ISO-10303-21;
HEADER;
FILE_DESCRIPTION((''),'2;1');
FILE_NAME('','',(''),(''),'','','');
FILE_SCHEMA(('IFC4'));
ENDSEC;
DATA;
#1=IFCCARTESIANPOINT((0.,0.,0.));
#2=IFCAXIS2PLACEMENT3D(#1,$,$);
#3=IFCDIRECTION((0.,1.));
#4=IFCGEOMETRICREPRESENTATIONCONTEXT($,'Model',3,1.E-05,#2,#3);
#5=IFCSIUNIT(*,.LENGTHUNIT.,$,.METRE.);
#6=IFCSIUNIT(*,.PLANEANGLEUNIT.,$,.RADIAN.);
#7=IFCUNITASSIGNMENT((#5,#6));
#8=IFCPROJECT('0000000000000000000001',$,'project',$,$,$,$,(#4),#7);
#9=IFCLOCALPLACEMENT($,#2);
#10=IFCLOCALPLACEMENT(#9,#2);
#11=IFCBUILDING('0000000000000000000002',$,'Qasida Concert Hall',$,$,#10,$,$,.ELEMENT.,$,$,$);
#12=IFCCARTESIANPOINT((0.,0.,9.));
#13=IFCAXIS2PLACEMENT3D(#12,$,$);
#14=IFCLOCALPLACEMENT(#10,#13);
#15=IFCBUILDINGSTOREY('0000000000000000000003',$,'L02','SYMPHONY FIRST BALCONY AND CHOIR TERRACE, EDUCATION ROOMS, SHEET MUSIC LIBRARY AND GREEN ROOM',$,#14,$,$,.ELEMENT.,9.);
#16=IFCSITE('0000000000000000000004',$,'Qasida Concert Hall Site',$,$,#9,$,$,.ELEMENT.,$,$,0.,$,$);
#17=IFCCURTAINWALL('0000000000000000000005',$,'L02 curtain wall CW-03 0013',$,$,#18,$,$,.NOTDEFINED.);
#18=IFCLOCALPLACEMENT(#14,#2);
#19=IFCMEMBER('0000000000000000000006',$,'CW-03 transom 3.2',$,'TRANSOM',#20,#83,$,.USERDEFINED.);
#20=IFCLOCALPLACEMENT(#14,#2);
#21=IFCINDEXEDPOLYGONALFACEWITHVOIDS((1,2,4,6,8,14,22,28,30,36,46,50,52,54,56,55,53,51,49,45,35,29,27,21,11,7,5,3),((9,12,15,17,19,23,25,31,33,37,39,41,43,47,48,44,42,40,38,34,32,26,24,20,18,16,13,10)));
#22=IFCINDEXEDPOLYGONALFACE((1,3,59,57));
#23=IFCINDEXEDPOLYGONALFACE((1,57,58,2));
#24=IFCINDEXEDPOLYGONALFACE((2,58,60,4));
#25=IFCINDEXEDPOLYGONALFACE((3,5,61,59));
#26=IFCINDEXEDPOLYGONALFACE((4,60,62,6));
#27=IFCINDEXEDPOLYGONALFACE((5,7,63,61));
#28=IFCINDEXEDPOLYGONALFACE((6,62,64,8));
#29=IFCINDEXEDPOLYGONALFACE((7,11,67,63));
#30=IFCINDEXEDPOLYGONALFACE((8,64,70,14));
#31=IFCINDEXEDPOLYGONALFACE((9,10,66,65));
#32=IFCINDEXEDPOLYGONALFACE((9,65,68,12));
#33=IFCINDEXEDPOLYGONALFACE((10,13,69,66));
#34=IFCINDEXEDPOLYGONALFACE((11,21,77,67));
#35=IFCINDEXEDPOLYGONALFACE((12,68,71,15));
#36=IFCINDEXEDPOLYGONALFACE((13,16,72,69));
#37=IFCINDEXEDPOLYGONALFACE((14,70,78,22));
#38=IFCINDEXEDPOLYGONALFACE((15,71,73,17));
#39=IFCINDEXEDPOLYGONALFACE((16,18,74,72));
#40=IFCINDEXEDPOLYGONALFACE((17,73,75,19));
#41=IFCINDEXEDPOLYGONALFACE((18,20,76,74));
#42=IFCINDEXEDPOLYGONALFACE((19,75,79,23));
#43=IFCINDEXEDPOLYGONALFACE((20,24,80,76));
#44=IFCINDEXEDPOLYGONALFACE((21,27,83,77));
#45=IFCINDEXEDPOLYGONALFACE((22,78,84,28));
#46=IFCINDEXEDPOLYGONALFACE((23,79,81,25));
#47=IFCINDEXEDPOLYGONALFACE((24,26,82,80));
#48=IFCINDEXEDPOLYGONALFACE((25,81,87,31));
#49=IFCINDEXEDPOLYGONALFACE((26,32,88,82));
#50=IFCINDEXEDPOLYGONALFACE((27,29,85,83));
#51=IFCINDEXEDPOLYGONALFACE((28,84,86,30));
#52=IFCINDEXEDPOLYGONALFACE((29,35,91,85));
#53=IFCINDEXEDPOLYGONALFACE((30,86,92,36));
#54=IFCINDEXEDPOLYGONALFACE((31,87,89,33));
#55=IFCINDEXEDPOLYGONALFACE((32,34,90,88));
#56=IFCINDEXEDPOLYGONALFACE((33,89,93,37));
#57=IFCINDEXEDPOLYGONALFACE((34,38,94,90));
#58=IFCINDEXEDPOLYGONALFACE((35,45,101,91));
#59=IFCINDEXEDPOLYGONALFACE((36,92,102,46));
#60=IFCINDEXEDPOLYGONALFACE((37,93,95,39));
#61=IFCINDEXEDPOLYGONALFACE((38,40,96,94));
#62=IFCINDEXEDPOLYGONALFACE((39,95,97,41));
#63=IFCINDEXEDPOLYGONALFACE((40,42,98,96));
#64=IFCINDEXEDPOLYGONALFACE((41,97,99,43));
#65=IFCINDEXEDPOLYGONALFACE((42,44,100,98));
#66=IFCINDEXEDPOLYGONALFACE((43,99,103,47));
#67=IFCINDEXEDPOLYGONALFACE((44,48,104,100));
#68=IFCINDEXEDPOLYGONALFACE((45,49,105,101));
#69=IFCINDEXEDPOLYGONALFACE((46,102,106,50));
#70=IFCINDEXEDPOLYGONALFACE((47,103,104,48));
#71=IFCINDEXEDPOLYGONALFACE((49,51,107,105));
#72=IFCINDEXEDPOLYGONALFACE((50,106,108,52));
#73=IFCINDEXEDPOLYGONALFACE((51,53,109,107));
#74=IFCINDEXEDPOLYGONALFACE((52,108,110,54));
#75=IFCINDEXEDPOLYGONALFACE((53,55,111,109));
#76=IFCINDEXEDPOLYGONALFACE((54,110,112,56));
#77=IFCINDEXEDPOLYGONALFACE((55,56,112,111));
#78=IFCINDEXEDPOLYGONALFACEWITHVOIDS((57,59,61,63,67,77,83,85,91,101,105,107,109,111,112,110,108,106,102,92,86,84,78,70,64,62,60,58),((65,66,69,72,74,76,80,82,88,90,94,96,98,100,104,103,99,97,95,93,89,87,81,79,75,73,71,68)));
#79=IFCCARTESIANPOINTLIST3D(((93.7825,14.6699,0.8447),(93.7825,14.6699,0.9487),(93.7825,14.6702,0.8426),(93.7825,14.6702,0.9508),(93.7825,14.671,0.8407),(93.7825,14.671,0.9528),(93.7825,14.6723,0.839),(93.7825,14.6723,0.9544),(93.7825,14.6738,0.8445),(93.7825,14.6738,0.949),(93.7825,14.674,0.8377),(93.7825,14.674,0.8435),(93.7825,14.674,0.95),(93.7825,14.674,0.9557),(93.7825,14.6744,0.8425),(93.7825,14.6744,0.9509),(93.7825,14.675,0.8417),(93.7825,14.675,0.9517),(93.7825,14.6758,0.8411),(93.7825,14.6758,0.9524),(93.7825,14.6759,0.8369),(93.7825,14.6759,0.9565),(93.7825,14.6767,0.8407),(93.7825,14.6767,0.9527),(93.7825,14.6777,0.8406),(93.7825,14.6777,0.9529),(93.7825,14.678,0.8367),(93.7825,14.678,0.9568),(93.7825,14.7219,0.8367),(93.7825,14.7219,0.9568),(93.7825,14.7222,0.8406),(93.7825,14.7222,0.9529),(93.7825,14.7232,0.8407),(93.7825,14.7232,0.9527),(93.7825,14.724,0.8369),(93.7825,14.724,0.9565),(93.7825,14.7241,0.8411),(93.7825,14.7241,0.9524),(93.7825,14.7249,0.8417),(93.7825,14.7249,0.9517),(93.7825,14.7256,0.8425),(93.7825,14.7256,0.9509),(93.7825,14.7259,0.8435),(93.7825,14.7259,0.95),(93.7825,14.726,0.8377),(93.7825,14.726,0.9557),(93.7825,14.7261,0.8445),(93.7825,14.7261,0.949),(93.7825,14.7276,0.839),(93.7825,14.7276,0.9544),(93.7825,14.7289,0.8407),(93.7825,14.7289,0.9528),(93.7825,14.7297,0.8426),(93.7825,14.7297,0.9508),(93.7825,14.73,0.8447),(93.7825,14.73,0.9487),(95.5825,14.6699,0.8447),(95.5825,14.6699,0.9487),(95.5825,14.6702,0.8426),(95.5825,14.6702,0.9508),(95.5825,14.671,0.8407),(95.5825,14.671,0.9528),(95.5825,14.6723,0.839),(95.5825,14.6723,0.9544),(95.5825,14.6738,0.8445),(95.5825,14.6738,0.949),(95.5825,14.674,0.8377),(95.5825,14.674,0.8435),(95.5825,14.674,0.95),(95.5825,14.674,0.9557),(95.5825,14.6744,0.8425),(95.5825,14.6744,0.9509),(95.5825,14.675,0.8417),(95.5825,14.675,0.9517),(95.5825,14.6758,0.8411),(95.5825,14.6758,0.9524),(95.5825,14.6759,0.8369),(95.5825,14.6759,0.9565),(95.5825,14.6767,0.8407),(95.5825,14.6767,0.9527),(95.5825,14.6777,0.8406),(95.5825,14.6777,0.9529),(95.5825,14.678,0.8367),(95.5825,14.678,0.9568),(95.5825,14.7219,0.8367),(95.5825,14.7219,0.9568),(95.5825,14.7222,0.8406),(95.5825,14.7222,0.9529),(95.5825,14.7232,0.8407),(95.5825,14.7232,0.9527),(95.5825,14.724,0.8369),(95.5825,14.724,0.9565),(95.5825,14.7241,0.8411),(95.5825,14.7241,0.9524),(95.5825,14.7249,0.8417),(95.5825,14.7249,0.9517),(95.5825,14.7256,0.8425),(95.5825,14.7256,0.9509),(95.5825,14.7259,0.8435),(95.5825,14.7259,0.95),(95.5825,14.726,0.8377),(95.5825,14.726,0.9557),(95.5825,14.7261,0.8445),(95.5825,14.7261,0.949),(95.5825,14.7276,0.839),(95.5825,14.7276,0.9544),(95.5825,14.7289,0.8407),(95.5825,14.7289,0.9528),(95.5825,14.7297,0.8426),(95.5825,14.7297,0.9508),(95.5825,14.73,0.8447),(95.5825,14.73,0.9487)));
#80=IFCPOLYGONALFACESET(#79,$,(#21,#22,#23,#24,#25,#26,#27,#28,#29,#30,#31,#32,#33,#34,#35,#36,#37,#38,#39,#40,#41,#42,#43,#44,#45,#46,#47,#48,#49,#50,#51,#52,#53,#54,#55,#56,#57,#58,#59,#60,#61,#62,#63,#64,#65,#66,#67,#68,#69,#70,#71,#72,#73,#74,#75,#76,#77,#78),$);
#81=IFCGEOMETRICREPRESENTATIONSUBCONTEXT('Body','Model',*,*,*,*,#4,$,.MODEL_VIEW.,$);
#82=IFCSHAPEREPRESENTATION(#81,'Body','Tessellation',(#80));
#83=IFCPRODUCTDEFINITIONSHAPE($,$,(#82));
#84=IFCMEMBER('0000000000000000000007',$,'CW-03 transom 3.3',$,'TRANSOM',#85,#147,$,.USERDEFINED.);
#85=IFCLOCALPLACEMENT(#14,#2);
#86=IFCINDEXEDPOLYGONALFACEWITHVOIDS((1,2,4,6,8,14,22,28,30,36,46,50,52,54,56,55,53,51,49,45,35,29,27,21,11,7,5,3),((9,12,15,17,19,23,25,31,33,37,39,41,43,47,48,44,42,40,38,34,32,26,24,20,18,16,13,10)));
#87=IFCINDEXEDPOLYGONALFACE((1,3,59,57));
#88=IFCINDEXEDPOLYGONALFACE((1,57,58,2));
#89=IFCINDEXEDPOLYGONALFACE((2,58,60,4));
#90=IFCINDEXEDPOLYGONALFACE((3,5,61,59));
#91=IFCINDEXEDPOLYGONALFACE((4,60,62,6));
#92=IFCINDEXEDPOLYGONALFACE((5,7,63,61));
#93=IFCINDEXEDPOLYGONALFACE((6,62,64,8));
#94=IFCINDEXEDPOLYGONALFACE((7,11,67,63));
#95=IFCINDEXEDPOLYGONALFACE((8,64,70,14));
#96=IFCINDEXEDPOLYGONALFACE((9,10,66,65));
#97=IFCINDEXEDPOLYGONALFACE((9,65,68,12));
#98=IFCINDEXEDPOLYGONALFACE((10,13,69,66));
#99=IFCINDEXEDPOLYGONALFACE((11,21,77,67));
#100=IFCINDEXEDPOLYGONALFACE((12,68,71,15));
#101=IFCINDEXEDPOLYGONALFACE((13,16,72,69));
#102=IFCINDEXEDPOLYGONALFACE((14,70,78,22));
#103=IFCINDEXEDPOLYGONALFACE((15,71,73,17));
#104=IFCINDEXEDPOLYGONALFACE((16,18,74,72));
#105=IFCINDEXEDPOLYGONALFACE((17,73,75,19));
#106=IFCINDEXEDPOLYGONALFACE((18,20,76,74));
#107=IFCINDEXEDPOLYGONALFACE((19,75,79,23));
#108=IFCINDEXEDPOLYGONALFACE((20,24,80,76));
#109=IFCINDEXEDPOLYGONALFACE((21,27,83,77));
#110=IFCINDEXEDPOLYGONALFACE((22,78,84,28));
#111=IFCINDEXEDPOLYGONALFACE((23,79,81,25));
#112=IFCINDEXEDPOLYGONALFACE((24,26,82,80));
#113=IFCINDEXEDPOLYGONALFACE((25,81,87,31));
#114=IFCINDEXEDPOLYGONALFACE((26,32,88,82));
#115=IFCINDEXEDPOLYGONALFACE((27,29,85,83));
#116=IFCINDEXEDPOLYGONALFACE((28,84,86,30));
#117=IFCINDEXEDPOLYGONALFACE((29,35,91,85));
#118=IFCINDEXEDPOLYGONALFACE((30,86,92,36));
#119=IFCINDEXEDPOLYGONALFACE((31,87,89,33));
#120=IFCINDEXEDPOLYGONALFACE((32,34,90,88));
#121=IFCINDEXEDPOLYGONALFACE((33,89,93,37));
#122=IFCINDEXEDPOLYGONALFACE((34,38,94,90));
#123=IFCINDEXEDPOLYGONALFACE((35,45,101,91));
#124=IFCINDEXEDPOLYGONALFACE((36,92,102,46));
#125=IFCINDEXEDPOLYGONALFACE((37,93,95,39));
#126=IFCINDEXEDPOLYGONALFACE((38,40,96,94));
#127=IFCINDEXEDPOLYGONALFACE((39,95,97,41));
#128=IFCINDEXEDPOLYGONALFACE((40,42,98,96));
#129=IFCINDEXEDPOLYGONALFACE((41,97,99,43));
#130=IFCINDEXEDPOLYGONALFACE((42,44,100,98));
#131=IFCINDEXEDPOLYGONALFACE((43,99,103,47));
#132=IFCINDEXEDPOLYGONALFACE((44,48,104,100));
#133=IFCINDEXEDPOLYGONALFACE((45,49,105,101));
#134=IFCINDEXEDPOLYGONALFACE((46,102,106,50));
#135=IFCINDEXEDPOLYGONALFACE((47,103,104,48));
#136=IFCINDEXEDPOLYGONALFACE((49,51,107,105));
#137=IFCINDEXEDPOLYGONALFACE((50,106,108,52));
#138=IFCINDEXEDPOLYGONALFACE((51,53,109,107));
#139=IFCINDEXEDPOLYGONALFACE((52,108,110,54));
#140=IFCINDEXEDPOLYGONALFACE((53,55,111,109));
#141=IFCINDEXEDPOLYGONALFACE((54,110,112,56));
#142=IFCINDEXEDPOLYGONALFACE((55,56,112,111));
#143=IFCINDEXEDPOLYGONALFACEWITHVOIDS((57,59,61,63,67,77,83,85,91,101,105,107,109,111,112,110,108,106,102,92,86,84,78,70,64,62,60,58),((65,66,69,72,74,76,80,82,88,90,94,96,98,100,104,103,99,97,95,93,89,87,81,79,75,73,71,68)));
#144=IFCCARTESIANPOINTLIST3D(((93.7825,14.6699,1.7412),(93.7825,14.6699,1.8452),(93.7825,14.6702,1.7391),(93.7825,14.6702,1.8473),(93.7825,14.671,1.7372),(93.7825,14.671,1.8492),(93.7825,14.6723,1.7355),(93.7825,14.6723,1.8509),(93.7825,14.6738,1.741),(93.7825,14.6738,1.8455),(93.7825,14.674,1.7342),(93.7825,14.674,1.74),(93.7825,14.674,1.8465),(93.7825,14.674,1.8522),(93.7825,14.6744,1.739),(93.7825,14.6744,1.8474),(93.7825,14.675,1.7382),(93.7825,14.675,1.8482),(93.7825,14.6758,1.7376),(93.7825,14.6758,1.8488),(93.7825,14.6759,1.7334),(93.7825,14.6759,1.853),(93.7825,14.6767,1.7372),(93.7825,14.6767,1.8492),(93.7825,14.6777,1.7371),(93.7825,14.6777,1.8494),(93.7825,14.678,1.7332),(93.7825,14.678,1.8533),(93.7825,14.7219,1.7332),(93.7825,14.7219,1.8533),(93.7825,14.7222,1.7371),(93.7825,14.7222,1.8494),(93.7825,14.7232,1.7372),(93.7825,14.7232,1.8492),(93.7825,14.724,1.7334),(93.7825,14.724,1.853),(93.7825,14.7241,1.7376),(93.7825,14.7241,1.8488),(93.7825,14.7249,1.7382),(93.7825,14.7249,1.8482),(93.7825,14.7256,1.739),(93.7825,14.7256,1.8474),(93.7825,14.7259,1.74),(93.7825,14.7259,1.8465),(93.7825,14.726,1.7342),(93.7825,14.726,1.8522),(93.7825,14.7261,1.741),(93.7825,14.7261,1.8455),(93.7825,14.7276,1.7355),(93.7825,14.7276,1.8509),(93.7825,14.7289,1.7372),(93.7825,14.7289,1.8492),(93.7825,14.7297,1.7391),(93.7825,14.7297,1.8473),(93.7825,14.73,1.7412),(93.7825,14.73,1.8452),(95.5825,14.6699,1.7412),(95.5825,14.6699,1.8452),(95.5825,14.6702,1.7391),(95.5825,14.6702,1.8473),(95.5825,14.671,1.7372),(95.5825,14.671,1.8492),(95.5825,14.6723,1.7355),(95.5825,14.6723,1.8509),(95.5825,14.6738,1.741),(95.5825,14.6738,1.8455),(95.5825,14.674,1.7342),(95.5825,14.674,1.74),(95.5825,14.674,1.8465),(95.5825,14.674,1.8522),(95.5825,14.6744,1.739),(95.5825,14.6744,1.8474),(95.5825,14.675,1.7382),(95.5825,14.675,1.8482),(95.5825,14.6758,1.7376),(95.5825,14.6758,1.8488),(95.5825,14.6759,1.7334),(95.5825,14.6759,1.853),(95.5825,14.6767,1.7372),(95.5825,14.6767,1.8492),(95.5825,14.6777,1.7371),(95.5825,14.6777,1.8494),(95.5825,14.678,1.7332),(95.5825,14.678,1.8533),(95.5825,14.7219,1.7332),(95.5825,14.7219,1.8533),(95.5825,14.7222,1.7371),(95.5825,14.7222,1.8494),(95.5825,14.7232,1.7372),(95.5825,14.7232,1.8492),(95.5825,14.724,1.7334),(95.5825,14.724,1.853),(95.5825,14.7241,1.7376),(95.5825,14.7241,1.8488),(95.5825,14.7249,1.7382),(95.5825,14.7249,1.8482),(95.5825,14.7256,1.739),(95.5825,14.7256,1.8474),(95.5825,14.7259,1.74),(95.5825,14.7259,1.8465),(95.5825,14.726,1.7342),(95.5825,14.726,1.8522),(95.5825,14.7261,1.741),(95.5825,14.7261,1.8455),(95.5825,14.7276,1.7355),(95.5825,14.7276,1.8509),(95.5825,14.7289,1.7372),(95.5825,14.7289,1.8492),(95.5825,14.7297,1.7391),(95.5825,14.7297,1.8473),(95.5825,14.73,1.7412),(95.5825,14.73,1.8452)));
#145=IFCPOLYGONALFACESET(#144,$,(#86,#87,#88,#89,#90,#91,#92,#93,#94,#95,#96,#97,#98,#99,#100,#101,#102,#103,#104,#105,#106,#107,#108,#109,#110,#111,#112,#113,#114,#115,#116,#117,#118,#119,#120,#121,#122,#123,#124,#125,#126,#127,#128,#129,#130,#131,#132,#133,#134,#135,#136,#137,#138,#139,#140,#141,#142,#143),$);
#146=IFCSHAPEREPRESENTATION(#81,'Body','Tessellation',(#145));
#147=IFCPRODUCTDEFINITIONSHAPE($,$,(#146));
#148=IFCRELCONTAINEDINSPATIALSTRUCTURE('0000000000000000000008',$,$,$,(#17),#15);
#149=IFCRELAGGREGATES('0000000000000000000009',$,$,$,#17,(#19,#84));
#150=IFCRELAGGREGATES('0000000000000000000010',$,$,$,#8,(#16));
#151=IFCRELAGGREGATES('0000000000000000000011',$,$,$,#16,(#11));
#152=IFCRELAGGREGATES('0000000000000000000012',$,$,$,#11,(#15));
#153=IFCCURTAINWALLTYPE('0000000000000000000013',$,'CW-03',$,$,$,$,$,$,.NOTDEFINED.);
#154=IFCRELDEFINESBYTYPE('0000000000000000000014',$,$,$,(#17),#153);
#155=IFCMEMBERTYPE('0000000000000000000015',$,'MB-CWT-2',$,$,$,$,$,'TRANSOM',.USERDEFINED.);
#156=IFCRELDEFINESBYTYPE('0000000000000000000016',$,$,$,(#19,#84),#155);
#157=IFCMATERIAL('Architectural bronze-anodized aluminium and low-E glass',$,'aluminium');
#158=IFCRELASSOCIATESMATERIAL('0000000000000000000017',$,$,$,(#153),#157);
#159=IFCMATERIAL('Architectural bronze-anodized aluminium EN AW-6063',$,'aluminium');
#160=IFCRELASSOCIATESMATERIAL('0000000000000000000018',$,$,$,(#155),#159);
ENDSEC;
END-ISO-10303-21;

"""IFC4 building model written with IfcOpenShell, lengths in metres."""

from ifc_helpers import new_model, si_unit, direction, frame, origin, origin_2d, place, context, subcontext, project, spatial, hollow_rectangle, extrude, material, material_profile, profile_set, type_object, element, aggregate, save


model = new_model("IFC4")

# Units and contexts
model_context = context("Model", 3, precision=1e-05, world=origin(), true_north=direction((0.0, 1.0)))
body_context = subcontext(model_context, "Body", "Model", "MODEL_VIEW")
ifc_project = project(units=[si_unit("LENGTHUNIT", "METRE"), si_unit("PLANEANGLEUNIT", "RADIAN")], contexts=[model_context])

# Site, building, storey
site_placement = place(None, origin())
site = spatial("IfcSite", under=ifc_project, at=site_placement, Name="Qasida Concert Hall Site", CompositionType="ELEMENT", RefElevation=0.0)
building_placement = place(site_placement, origin())
building = spatial("IfcBuilding", under=site, at=building_placement, Name="Qasida Concert Hall", CompositionType="ELEMENT")
storey_placement = place(building_placement, frame((0.0, 0.0, 9.0)))
storey = spatial("IfcBuildingStorey", under=building, at=storey_placement, Name="L02", Description="SYMPHONY FIRST BALCONY AND CHOIR TERRACE, EDUCATION ROOMS, SHEET MUSIC LIBRARY AND GREEN ROOM", CompositionType="ELEMENT", Elevation=9.0)

# Curtain wall, members
ifc_material_1 = material(Name="Architectural bronze-anodized aluminium and low-E glass", Category="aluminium")
curtain_wall_type = type_object("IfcCurtainWallType", Name="CW-03", PredefinedType="NOTDEFINED", material=ifc_material_1)
curtain_wall_placement = place(storey_placement, origin())
curtain_wall = element("IfcCurtainWall", 1, at=curtain_wall_placement, inside=storey, type_object=curtain_wall_type, Name="L02 curtain wall CW-03 0013", PredefinedType="NOTDEFINED")
ifc_material_2 = material(Name="Architectural bronze-anodized aluminium EN AW-6063", Category="aluminium")
ifc_material_profile_1 = material_profile(ifc_material_2, hollow_rectangle(XDim=0.0601, YDim=0.1201, WallThickness=0.0039, InnerFilletRadius=0.0039, OuterFilletRadius=0.0081, at=origin_2d()), Name="CWT 120x60x4")
ifc_profile_set_1 = profile_set([ifc_material_profile_1], Name="Architectural bronze-anodized aluminium EN AW-6063")
member_type_1 = type_object("IfcMemberType", Name="MB-CWT-2", ElementType="TRANSOM", PredefinedType="USERDEFINED", material=ifc_profile_set_1)
member_1_placement = place(storey_placement, frame((93.7825, 14.7, 0.8967), z_axis=(1.0, 0.0, 0.0), x_axis=(0.0, 1.0, 0.0)))
member_1 = element("IfcMember", 2, at=member_1_placement, type_object=member_type_1, Name="CW-03 transom 3.2", ObjectType="TRANSOM", PredefinedType="USERDEFINED", context=body_context, shape_type="SweptSolid", body=[
    extrude(hollow_rectangle(XDim=0.0601, YDim=0.1201, WallThickness=0.0039, InnerFilletRadius=0.0039, OuterFilletRadius=0.0081, at=origin_2d()), origin(), (0.0, 0.0, 1.0), 1.8),
])
member_2_placement = place(storey_placement, frame((93.7825, 14.7, 1.7932), z_axis=(1.0, 0.0, 0.0), x_axis=(0.0, 1.0, 0.0)))
member_2 = element("IfcMember", 3, at=member_2_placement, type_object=member_type_1, Name="CW-03 transom 3.3", ObjectType="TRANSOM", PredefinedType="USERDEFINED", context=body_context, shape_type="SweptSolid", body=[
    extrude(hollow_rectangle(XDim=0.0601, YDim=0.1201, WallThickness=0.0039, InnerFilletRadius=0.0039, OuterFilletRadius=0.0081, at=origin_2d()), origin(), (0.0, 0.0, 1.0), 1.8),
])
aggregate(curtain_wall, [member_1, member_2])

save(model, "model.ifc")
